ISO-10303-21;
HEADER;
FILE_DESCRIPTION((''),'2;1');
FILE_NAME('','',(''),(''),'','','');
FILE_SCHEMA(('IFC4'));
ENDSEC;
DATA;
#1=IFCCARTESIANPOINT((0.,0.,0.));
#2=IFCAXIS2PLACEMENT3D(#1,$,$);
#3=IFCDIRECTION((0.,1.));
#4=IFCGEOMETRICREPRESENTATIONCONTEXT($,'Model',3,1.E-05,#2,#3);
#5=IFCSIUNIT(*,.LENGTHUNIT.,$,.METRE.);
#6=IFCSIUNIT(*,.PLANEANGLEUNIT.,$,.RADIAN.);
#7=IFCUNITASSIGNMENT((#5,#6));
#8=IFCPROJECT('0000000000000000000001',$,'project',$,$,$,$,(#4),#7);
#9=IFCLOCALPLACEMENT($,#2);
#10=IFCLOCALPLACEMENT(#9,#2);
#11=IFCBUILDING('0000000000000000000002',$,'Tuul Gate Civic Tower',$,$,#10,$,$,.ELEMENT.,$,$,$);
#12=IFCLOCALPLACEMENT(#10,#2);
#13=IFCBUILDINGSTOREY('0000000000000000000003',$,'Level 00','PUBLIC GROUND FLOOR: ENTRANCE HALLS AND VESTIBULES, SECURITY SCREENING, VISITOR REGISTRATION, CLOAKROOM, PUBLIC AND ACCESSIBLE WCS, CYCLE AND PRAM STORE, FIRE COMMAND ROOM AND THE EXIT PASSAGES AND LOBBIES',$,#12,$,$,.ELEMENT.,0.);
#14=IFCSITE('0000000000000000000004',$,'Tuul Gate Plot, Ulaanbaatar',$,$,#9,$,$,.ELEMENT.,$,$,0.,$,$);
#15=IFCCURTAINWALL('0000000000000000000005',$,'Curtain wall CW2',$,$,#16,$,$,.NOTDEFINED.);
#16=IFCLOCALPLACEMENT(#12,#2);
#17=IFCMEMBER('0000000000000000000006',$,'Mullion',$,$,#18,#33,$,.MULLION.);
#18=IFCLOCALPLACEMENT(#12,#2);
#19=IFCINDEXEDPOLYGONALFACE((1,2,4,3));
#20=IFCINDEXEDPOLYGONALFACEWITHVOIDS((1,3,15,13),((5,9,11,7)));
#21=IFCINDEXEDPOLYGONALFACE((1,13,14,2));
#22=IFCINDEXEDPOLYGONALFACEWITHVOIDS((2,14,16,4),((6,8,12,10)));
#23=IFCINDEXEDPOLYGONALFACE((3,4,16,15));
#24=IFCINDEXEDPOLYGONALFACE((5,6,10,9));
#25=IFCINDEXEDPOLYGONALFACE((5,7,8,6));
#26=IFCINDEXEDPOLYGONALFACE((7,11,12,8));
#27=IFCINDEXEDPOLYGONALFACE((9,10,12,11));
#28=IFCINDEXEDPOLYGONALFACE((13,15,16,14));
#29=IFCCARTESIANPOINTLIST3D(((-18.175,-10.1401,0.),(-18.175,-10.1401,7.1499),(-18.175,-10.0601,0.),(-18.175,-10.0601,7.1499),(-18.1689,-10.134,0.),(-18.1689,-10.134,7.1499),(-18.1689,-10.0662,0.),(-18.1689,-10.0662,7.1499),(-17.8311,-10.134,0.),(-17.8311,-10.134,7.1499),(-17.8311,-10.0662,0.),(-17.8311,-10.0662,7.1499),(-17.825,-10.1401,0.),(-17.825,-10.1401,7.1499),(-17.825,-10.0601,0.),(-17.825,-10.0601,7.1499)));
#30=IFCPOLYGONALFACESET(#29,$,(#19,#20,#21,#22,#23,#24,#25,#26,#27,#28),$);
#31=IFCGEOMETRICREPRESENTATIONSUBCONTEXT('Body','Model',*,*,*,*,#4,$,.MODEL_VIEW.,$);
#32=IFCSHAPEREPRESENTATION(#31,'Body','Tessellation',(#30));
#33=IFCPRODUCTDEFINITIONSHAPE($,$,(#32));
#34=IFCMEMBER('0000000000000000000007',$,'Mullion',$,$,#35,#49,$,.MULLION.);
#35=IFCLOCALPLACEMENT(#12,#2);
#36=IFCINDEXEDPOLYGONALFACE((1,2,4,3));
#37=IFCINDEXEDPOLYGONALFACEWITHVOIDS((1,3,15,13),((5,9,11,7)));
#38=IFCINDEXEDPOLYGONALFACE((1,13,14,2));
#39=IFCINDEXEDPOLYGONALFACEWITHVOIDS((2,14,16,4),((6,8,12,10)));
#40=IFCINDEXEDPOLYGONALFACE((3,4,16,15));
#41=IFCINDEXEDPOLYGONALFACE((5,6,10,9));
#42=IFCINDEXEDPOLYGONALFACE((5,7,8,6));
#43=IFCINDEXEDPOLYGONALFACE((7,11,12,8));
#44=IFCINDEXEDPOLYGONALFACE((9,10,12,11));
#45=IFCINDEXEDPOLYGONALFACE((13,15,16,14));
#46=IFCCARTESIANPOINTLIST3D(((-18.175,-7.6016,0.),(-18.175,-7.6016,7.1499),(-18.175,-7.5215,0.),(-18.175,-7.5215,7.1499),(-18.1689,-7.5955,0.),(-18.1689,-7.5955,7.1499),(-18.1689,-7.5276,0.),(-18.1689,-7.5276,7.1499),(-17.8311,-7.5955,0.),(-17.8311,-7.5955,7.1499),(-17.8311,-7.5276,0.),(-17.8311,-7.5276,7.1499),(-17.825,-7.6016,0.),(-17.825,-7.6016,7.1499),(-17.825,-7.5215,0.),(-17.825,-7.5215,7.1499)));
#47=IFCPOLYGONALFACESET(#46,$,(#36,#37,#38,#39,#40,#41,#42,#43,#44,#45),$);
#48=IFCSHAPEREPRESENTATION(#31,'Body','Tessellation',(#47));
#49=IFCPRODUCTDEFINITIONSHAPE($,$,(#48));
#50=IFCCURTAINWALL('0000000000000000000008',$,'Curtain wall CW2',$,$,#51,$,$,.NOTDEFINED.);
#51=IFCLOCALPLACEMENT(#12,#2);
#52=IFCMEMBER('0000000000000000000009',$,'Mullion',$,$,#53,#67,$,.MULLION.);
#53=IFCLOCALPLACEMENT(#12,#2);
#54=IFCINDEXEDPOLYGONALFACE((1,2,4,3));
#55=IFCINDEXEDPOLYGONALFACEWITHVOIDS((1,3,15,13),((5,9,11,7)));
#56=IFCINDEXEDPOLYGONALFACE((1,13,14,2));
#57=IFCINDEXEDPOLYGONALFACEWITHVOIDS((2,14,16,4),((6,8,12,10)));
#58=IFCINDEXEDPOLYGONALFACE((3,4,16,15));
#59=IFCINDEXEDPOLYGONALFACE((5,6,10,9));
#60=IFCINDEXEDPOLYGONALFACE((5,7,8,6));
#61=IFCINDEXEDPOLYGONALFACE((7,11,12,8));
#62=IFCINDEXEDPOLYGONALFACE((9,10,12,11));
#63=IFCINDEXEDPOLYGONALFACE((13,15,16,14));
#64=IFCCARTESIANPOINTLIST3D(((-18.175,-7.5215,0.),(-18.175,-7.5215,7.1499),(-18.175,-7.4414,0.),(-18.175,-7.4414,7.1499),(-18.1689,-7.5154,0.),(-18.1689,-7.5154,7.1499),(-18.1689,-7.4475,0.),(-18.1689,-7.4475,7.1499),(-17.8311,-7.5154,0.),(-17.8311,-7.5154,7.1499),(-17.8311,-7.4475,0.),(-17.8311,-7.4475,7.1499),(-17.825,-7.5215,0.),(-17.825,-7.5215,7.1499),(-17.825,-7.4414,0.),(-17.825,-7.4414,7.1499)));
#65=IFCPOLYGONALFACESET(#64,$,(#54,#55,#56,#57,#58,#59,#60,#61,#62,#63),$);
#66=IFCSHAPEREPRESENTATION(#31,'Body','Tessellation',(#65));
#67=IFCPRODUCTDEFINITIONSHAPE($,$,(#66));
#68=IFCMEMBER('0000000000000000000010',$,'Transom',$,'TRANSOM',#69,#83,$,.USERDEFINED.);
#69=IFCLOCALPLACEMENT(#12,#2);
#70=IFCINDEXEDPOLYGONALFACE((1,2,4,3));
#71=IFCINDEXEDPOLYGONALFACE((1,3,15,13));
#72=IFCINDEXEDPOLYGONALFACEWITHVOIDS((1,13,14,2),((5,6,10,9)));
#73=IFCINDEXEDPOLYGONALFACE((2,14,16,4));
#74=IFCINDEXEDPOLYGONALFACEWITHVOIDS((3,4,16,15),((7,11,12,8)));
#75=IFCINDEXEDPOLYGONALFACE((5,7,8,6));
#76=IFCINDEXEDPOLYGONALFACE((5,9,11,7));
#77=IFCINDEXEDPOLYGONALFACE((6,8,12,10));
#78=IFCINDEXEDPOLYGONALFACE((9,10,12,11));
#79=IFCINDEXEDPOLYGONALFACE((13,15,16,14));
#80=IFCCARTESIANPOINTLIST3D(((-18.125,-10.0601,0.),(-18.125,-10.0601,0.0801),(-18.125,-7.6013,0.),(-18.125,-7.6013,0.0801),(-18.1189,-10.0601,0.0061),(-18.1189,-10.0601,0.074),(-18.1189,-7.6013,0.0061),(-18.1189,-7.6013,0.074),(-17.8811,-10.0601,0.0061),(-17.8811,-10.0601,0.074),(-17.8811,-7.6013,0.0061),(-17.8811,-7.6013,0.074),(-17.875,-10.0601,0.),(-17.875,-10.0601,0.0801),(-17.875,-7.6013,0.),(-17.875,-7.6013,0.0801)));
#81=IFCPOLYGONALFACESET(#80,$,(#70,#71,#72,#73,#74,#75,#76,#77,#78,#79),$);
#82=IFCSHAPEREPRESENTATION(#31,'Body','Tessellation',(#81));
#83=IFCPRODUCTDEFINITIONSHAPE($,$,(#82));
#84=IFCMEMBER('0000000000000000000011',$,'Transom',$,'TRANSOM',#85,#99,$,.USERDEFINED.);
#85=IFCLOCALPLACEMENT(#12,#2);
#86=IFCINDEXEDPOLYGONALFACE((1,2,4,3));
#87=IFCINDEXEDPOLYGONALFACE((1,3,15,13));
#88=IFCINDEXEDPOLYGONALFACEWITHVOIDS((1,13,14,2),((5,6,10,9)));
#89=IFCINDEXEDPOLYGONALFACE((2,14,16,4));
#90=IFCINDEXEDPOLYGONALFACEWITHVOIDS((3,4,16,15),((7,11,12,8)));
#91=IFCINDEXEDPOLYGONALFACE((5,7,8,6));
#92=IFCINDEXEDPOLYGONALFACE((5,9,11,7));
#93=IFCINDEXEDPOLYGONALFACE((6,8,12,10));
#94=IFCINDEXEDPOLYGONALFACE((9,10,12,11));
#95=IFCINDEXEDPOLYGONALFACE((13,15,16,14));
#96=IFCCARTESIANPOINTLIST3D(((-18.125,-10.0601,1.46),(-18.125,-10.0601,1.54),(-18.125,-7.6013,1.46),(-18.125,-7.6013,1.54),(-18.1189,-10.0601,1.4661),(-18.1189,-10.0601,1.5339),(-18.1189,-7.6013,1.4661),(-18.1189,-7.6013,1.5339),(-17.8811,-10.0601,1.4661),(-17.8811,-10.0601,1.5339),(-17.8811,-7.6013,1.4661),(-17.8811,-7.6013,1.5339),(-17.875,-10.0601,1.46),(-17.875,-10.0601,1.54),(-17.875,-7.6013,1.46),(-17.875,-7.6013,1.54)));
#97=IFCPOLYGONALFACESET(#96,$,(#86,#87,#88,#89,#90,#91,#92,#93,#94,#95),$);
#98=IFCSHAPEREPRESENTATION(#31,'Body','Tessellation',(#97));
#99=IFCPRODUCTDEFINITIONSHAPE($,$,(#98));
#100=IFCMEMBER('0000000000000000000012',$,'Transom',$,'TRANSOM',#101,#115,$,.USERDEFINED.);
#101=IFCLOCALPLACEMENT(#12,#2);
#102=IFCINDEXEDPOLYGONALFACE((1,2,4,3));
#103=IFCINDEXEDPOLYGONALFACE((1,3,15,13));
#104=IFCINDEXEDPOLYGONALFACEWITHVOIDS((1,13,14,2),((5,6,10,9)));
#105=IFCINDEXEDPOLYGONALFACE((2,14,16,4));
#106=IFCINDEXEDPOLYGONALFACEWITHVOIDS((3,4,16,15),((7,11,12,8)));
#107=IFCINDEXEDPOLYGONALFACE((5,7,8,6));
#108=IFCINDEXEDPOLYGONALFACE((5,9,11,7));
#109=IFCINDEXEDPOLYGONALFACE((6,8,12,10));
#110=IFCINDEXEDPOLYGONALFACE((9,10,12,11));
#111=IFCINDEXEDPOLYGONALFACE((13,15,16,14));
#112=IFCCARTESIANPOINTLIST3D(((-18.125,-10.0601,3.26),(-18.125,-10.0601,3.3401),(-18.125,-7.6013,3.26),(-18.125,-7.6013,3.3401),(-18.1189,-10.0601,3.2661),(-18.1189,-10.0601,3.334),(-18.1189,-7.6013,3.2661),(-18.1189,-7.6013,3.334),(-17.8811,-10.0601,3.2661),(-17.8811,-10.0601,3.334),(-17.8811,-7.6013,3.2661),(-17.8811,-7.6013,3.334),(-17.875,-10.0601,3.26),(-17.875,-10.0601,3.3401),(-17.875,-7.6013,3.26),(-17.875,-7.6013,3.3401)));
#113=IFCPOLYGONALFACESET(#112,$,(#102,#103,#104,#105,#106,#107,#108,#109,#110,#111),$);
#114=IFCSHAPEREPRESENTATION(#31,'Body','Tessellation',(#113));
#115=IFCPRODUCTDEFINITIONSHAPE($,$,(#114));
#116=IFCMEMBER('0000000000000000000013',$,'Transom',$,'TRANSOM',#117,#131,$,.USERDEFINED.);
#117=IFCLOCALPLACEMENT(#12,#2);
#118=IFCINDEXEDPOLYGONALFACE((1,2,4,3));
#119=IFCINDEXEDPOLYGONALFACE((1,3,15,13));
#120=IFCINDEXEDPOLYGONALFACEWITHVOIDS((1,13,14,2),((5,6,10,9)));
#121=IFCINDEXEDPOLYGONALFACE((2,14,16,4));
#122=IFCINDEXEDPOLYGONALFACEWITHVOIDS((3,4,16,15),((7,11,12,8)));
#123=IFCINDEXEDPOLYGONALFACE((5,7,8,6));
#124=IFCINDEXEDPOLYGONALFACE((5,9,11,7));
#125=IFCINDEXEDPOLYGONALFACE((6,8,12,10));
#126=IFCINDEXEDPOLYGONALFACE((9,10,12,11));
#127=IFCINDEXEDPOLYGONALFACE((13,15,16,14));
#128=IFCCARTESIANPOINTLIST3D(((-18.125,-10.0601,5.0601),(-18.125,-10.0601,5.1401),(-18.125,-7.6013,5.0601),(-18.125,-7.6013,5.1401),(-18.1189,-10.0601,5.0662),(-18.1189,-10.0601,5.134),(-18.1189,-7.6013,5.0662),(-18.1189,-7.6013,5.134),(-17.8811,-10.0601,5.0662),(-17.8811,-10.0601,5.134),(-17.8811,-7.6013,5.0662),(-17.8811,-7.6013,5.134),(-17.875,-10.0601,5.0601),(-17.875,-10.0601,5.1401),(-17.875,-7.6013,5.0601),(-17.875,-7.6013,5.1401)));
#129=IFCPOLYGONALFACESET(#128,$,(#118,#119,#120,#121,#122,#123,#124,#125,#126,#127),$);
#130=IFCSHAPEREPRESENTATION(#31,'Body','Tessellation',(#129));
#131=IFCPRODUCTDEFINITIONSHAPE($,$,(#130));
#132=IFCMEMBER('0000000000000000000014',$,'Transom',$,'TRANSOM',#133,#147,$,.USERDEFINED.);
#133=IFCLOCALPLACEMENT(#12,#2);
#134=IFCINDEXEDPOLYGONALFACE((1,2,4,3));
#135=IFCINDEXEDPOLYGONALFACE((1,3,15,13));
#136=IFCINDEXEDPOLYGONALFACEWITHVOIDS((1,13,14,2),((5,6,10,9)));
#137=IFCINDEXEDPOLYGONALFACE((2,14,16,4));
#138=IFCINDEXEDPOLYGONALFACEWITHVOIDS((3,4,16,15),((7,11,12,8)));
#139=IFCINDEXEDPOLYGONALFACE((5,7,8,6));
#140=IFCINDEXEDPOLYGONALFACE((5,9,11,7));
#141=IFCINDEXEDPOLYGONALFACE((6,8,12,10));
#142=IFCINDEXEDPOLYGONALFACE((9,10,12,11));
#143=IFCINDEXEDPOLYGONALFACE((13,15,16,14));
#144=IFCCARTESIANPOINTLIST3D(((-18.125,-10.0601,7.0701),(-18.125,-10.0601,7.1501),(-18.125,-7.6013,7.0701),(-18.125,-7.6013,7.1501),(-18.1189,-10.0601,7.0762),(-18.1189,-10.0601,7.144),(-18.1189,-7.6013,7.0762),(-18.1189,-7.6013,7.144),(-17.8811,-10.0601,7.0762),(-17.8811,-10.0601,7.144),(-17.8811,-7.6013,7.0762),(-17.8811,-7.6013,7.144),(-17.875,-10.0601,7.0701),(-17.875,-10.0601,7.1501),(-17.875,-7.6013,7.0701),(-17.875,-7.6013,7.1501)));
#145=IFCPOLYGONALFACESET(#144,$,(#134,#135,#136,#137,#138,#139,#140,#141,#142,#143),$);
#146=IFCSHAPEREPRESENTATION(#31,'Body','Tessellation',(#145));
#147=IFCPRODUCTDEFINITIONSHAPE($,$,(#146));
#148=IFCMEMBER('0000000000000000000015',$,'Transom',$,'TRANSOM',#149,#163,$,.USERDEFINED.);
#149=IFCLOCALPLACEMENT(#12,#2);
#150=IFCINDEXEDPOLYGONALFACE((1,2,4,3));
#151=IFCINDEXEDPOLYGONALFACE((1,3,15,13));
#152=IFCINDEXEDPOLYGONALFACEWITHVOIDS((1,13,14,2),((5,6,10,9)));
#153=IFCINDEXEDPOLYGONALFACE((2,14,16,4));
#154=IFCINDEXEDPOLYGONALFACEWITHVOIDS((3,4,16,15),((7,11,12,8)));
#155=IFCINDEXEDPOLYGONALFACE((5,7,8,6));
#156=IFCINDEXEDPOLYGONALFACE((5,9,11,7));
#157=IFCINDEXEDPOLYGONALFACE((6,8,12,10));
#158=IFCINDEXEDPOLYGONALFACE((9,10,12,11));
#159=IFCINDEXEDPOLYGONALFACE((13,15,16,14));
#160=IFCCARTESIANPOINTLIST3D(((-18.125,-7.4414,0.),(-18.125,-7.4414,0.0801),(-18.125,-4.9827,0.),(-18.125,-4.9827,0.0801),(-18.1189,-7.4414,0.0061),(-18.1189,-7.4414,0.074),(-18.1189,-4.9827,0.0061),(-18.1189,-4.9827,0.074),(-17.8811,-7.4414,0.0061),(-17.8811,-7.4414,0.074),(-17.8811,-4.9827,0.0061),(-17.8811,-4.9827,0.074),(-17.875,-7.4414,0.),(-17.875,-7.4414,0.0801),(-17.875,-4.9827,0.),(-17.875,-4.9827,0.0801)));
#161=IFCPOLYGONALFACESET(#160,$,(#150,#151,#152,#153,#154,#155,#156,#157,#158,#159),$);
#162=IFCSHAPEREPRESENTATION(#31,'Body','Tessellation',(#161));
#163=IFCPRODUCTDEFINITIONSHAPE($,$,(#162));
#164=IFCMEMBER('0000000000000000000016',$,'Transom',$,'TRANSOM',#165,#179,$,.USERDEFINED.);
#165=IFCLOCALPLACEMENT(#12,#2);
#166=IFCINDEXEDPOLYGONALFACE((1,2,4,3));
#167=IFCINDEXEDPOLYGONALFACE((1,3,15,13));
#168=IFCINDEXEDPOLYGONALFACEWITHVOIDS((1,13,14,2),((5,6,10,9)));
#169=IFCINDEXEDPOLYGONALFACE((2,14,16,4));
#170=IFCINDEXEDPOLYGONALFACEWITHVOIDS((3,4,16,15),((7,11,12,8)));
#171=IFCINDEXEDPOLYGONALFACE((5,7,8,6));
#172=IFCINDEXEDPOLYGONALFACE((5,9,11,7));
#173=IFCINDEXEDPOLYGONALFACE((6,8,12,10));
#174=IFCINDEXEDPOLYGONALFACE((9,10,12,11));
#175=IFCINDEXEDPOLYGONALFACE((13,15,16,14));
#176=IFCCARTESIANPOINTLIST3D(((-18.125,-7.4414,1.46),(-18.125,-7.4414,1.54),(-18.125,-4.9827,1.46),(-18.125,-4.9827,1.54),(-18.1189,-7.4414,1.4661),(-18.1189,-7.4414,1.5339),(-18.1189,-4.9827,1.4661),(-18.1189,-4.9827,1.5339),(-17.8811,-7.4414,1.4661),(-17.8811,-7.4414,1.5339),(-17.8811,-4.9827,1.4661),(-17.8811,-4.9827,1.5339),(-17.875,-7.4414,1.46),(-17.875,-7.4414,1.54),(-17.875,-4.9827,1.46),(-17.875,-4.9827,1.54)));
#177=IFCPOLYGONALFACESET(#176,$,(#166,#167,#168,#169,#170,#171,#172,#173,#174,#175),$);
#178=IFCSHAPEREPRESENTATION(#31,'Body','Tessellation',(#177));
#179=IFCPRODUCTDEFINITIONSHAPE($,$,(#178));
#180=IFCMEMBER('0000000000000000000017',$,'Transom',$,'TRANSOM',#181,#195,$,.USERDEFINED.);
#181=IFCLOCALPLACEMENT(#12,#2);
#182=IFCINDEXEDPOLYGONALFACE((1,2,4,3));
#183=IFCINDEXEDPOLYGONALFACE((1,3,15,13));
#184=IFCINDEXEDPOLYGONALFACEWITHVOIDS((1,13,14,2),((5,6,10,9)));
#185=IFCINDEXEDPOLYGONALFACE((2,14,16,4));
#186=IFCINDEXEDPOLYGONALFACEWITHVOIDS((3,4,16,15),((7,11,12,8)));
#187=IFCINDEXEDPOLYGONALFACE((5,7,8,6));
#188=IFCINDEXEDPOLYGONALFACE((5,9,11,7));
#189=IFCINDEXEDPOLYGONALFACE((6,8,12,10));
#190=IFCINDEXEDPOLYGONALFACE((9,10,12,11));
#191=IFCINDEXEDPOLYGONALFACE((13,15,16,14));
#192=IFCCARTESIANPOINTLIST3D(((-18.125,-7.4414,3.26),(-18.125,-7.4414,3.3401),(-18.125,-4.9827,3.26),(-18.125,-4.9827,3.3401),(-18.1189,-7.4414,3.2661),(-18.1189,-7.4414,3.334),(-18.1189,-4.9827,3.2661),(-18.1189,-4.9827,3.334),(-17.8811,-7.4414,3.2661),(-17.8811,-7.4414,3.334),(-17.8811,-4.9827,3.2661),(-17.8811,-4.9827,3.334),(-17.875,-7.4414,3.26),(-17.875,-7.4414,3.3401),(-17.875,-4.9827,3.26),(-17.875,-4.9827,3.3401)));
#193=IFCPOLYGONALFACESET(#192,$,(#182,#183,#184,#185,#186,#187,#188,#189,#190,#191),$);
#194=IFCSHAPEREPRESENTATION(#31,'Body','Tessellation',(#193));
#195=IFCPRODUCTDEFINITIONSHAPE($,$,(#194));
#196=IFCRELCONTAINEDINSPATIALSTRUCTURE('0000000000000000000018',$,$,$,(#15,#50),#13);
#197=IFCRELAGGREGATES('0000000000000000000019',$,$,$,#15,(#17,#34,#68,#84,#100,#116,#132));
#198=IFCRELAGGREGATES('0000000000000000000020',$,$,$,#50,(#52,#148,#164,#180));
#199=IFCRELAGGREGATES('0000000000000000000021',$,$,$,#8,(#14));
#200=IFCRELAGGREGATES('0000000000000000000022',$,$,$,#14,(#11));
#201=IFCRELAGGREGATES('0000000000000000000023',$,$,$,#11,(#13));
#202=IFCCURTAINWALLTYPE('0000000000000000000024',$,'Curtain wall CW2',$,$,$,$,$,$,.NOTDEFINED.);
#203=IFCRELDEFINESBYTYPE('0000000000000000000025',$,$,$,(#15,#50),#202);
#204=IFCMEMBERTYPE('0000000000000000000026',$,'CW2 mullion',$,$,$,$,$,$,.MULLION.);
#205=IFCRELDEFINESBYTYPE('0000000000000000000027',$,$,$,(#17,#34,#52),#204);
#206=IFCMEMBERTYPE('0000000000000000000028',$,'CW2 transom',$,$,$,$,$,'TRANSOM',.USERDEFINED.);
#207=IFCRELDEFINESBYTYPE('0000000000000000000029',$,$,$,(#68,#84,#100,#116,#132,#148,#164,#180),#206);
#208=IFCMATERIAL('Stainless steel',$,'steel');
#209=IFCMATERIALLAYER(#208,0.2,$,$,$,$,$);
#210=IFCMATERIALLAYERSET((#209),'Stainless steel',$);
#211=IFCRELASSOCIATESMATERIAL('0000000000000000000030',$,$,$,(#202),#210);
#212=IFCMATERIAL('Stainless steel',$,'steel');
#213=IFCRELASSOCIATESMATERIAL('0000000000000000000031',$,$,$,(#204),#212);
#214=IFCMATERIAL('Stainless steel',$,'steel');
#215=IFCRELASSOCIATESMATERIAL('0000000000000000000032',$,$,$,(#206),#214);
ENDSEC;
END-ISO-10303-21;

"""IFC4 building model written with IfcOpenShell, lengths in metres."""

from ifc_helpers import new_model, si_unit, direction, frame, origin, origin_2d, place, context, subcontext, project, spatial, hollow_rectangle, extrude, material, layer, layer_set, material_profile, profile_set, type_object, element, aggregate, save


model = new_model("IFC4")

# Units and contexts
model_context = context("Model", 3, precision=1e-05, world=origin(), true_north=direction((0.0, 1.0)))
body_context = subcontext(model_context, "Body", "Model", "MODEL_VIEW")
ifc_project = project(units=[si_unit("LENGTHUNIT", "METRE"), si_unit("PLANEANGLEUNIT", "RADIAN")], contexts=[model_context])

# Site, building, storey
site_placement = place(None, origin())
site = spatial("IfcSite", under=ifc_project, at=site_placement, Name="Tuul Gate Plot, Ulaanbaatar", CompositionType="ELEMENT", RefElevation=0.0)
building_placement = place(site_placement, origin())
building = spatial("IfcBuilding", under=site, at=building_placement, Name="Tuul Gate Civic Tower", CompositionType="ELEMENT")
storey_placement = place(building_placement, origin())
storey = spatial("IfcBuildingStorey", under=building, at=storey_placement, Name="Level 00", Description="PUBLIC GROUND FLOOR: ENTRANCE HALLS AND VESTIBULES, SECURITY SCREENING, VISITOR REGISTRATION, CLOAKROOM, PUBLIC AND ACCESSIBLE WCS, CYCLE AND PRAM STORE, FIRE COMMAND ROOM AND THE EXIT PASSAGES AND LOBBIES", CompositionType="ELEMENT", Elevation=0.0)

# Curtain wall, members
ifc_material_1 = material(Name="Stainless steel", Category="steel")
ifc_layer_1 = layer(ifc_material_1, 0.2)
ifc_layer_set_1 = layer_set([ifc_layer_1], Name="Stainless steel")
curtain_wall_type = type_object("IfcCurtainWallType", Name="Curtain wall CW2", PredefinedType="NOTDEFINED", material=ifc_layer_set_1)
curtain_wall_1_placement = place(storey_placement, origin())
curtain_wall_1 = element("IfcCurtainWall", 1, at=curtain_wall_1_placement, inside=storey, type_object=curtain_wall_type, Name="Curtain wall CW2", PredefinedType="NOTDEFINED")
ifc_material_2 = material(Name="Stainless steel", Category="steel")
ifc_material_profile_1 = material_profile(ifc_material_2, hollow_rectangle(XDim=0.3501, YDim=0.0801, WallThickness=0.0061, at=origin_2d()), Name="CW2 mullion")
ifc_profile_set_1 = profile_set([ifc_material_profile_1], Name="Stainless steel")
member_type_1 = type_object("IfcMemberType", Name="CW2 mullion", PredefinedType="MULLION", material=ifc_profile_set_1)
member_1_placement = place(storey_placement, frame((-18.0, -10.1001, 0.0), z_axis=(0.0, 0.0, 1.0), x_axis=(-1.0, 0.0, 0.0)))
member_1 = element("IfcMember", 2, at=member_1_placement, type_object=member_type_1, Name="Mullion", PredefinedType="MULLION", context=body_context, shape_type="SweptSolid", body=[
    extrude(hollow_rectangle(XDim=0.3501, YDim=0.0801, WallThickness=0.0061, at=origin_2d()), origin(), (0.0, 0.0, 1.0), 7.1499),
])
member_2_placement = place(storey_placement, frame((-18.0, -7.5615, 0.0), z_axis=(0.0, 0.0, 1.0), x_axis=(-1.0, 0.0, 0.0)))
member_2 = element("IfcMember", 3, at=member_2_placement, type_object=member_type_1, Name="Mullion", PredefinedType="MULLION", context=body_context, shape_type="SweptSolid", body=[
    extrude(hollow_rectangle(XDim=0.3501, YDim=0.0801, WallThickness=0.0061, at=origin_2d()), origin(), (0.0, 0.0, 1.0), 7.1499),
])

# Curtain wall, member
curtain_wall_2_placement = place(storey_placement, origin())
curtain_wall_2 = element("IfcCurtainWall", 4, at=curtain_wall_2_placement, inside=storey, type_object=curtain_wall_type, Name="Curtain wall CW2", PredefinedType="NOTDEFINED")
member_3_placement = place(storey_placement, frame((-18.0, -7.4814, 0.0), z_axis=(0.0, 0.0, 1.0), x_axis=(-1.0, 0.0, 0.0)))
member_3 = element("IfcMember", 5, at=member_3_placement, type_object=member_type_1, Name="Mullion", PredefinedType="MULLION", context=body_context, shape_type="SweptSolid", body=[
    extrude(hollow_rectangle(XDim=0.3501, YDim=0.0801, WallThickness=0.0061, at=origin_2d()), origin(), (0.0, 0.0, 1.0), 7.1499),
])

# Members
ifc_material_3 = material(Name="Stainless steel", Category="steel")
ifc_material_profile_2 = material_profile(ifc_material_3, hollow_rectangle(XDim=0.25, YDim=0.0801, WallThickness=0.0061, at=origin_2d()), Name="CW2 transom")
ifc_profile_set_2 = profile_set([ifc_material_profile_2], Name="Stainless steel")
member_type_2 = type_object("IfcMemberType", Name="CW2 transom", ElementType="TRANSOM", PredefinedType="USERDEFINED", material=ifc_profile_set_2)
member_4_placement = place(storey_placement, frame((-18.0, -10.0601, 0.04), z_axis=(0.0, 1.0, 0.0), x_axis=(-1.0, 0.0, 0.0)))
member_4 = element("IfcMember", 6, at=member_4_placement, type_object=member_type_2, Name="Transom", ObjectType="TRANSOM", PredefinedType="USERDEFINED", context=body_context, shape_type="SweptSolid", body=[
    extrude(hollow_rectangle(XDim=0.25, YDim=0.0801, WallThickness=0.0061, at=origin_2d()), origin(), (0.0, 0.0, 1.0), 2.4587),
])
member_5_placement = place(storey_placement, frame((-18.0, -10.0601, 1.5), z_axis=(0.0, 1.0, 0.0), x_axis=(-1.0, 0.0, 0.0)))
member_5 = element("IfcMember", 7, at=member_5_placement, type_object=member_type_2, Name="Transom", ObjectType="TRANSOM", PredefinedType="USERDEFINED", context=body_context, shape_type="SweptSolid", body=[
    extrude(hollow_rectangle(XDim=0.25, YDim=0.0801, WallThickness=0.0061, at=origin_2d()), origin(), (0.0, 0.0, 1.0), 2.4587),
])
member_6_placement = place(storey_placement, frame((-18.0, -10.0601, 3.3), z_axis=(0.0, 1.0, 0.0), x_axis=(-1.0, 0.0, 0.0)))
member_6 = element("IfcMember", 8, at=member_6_placement, type_object=member_type_2, Name="Transom", ObjectType="TRANSOM", PredefinedType="USERDEFINED", context=body_context, shape_type="SweptSolid", body=[
    extrude(hollow_rectangle(XDim=0.25, YDim=0.0801, WallThickness=0.0061, at=origin_2d()), origin(), (0.0, 0.0, 1.0), 2.4587),
])
member_7_placement = place(storey_placement, frame((-18.0, -10.0601, 5.1001), z_axis=(0.0, 1.0, 0.0), x_axis=(-1.0, 0.0, 0.0)))
member_7 = element("IfcMember", 9, at=member_7_placement, type_object=member_type_2, Name="Transom", ObjectType="TRANSOM", PredefinedType="USERDEFINED", context=body_context, shape_type="SweptSolid", body=[
    extrude(hollow_rectangle(XDim=0.25, YDim=0.0801, WallThickness=0.0061, at=origin_2d()), origin(), (0.0, 0.0, 1.0), 2.4587),
])
member_8_placement = place(storey_placement, frame((-18.0, -10.0601, 7.1101), z_axis=(0.0, 1.0, 0.0), x_axis=(-1.0, 0.0, 0.0)))
member_8 = element("IfcMember", 10, at=member_8_placement, type_object=member_type_2, Name="Transom", ObjectType="TRANSOM", PredefinedType="USERDEFINED", context=body_context, shape_type="SweptSolid", body=[
    extrude(hollow_rectangle(XDim=0.25, YDim=0.0801, WallThickness=0.0061, at=origin_2d()), origin(), (0.0, 0.0, 1.0), 2.4587),
])
member_9_placement = place(storey_placement, frame((-18.0, -7.4414, 0.04), z_axis=(0.0, 1.0, 0.0), x_axis=(-1.0, 0.0, 0.0)))
member_9 = element("IfcMember", 11, at=member_9_placement, type_object=member_type_2, Name="Transom", ObjectType="TRANSOM", PredefinedType="USERDEFINED", context=body_context, shape_type="SweptSolid", body=[
    extrude(hollow_rectangle(XDim=0.25, YDim=0.0801, WallThickness=0.0061, at=origin_2d()), origin(), (0.0, 0.0, 1.0), 2.4587),
])
member_10_placement = place(storey_placement, frame((-18.0, -7.4414, 1.5), z_axis=(0.0, 1.0, 0.0), x_axis=(-1.0, 0.0, 0.0)))
member_10 = element("IfcMember", 12, at=member_10_placement, type_object=member_type_2, Name="Transom", ObjectType="TRANSOM", PredefinedType="USERDEFINED", context=body_context, shape_type="SweptSolid", body=[
    extrude(hollow_rectangle(XDim=0.25, YDim=0.0801, WallThickness=0.0061, at=origin_2d()), origin(), (0.0, 0.0, 1.0), 2.4587),
])
member_11_placement = place(storey_placement, frame((-18.0, -7.4414, 3.3), z_axis=(0.0, 1.0, 0.0), x_axis=(-1.0, 0.0, 0.0)))
member_11 = element("IfcMember", 13, at=member_11_placement, type_object=member_type_2, Name="Transom", ObjectType="TRANSOM", PredefinedType="USERDEFINED", context=body_context, shape_type="SweptSolid", body=[
    extrude(hollow_rectangle(XDim=0.25, YDim=0.0801, WallThickness=0.0061, at=origin_2d()), origin(), (0.0, 0.0, 1.0), 2.4587),
])

aggregate(curtain_wall_1, [member_1, member_2, member_4, member_5, member_6, member_7, member_8])
aggregate(curtain_wall_2, [member_3, member_9, member_10, member_11])

save(model, "model.ifc")
